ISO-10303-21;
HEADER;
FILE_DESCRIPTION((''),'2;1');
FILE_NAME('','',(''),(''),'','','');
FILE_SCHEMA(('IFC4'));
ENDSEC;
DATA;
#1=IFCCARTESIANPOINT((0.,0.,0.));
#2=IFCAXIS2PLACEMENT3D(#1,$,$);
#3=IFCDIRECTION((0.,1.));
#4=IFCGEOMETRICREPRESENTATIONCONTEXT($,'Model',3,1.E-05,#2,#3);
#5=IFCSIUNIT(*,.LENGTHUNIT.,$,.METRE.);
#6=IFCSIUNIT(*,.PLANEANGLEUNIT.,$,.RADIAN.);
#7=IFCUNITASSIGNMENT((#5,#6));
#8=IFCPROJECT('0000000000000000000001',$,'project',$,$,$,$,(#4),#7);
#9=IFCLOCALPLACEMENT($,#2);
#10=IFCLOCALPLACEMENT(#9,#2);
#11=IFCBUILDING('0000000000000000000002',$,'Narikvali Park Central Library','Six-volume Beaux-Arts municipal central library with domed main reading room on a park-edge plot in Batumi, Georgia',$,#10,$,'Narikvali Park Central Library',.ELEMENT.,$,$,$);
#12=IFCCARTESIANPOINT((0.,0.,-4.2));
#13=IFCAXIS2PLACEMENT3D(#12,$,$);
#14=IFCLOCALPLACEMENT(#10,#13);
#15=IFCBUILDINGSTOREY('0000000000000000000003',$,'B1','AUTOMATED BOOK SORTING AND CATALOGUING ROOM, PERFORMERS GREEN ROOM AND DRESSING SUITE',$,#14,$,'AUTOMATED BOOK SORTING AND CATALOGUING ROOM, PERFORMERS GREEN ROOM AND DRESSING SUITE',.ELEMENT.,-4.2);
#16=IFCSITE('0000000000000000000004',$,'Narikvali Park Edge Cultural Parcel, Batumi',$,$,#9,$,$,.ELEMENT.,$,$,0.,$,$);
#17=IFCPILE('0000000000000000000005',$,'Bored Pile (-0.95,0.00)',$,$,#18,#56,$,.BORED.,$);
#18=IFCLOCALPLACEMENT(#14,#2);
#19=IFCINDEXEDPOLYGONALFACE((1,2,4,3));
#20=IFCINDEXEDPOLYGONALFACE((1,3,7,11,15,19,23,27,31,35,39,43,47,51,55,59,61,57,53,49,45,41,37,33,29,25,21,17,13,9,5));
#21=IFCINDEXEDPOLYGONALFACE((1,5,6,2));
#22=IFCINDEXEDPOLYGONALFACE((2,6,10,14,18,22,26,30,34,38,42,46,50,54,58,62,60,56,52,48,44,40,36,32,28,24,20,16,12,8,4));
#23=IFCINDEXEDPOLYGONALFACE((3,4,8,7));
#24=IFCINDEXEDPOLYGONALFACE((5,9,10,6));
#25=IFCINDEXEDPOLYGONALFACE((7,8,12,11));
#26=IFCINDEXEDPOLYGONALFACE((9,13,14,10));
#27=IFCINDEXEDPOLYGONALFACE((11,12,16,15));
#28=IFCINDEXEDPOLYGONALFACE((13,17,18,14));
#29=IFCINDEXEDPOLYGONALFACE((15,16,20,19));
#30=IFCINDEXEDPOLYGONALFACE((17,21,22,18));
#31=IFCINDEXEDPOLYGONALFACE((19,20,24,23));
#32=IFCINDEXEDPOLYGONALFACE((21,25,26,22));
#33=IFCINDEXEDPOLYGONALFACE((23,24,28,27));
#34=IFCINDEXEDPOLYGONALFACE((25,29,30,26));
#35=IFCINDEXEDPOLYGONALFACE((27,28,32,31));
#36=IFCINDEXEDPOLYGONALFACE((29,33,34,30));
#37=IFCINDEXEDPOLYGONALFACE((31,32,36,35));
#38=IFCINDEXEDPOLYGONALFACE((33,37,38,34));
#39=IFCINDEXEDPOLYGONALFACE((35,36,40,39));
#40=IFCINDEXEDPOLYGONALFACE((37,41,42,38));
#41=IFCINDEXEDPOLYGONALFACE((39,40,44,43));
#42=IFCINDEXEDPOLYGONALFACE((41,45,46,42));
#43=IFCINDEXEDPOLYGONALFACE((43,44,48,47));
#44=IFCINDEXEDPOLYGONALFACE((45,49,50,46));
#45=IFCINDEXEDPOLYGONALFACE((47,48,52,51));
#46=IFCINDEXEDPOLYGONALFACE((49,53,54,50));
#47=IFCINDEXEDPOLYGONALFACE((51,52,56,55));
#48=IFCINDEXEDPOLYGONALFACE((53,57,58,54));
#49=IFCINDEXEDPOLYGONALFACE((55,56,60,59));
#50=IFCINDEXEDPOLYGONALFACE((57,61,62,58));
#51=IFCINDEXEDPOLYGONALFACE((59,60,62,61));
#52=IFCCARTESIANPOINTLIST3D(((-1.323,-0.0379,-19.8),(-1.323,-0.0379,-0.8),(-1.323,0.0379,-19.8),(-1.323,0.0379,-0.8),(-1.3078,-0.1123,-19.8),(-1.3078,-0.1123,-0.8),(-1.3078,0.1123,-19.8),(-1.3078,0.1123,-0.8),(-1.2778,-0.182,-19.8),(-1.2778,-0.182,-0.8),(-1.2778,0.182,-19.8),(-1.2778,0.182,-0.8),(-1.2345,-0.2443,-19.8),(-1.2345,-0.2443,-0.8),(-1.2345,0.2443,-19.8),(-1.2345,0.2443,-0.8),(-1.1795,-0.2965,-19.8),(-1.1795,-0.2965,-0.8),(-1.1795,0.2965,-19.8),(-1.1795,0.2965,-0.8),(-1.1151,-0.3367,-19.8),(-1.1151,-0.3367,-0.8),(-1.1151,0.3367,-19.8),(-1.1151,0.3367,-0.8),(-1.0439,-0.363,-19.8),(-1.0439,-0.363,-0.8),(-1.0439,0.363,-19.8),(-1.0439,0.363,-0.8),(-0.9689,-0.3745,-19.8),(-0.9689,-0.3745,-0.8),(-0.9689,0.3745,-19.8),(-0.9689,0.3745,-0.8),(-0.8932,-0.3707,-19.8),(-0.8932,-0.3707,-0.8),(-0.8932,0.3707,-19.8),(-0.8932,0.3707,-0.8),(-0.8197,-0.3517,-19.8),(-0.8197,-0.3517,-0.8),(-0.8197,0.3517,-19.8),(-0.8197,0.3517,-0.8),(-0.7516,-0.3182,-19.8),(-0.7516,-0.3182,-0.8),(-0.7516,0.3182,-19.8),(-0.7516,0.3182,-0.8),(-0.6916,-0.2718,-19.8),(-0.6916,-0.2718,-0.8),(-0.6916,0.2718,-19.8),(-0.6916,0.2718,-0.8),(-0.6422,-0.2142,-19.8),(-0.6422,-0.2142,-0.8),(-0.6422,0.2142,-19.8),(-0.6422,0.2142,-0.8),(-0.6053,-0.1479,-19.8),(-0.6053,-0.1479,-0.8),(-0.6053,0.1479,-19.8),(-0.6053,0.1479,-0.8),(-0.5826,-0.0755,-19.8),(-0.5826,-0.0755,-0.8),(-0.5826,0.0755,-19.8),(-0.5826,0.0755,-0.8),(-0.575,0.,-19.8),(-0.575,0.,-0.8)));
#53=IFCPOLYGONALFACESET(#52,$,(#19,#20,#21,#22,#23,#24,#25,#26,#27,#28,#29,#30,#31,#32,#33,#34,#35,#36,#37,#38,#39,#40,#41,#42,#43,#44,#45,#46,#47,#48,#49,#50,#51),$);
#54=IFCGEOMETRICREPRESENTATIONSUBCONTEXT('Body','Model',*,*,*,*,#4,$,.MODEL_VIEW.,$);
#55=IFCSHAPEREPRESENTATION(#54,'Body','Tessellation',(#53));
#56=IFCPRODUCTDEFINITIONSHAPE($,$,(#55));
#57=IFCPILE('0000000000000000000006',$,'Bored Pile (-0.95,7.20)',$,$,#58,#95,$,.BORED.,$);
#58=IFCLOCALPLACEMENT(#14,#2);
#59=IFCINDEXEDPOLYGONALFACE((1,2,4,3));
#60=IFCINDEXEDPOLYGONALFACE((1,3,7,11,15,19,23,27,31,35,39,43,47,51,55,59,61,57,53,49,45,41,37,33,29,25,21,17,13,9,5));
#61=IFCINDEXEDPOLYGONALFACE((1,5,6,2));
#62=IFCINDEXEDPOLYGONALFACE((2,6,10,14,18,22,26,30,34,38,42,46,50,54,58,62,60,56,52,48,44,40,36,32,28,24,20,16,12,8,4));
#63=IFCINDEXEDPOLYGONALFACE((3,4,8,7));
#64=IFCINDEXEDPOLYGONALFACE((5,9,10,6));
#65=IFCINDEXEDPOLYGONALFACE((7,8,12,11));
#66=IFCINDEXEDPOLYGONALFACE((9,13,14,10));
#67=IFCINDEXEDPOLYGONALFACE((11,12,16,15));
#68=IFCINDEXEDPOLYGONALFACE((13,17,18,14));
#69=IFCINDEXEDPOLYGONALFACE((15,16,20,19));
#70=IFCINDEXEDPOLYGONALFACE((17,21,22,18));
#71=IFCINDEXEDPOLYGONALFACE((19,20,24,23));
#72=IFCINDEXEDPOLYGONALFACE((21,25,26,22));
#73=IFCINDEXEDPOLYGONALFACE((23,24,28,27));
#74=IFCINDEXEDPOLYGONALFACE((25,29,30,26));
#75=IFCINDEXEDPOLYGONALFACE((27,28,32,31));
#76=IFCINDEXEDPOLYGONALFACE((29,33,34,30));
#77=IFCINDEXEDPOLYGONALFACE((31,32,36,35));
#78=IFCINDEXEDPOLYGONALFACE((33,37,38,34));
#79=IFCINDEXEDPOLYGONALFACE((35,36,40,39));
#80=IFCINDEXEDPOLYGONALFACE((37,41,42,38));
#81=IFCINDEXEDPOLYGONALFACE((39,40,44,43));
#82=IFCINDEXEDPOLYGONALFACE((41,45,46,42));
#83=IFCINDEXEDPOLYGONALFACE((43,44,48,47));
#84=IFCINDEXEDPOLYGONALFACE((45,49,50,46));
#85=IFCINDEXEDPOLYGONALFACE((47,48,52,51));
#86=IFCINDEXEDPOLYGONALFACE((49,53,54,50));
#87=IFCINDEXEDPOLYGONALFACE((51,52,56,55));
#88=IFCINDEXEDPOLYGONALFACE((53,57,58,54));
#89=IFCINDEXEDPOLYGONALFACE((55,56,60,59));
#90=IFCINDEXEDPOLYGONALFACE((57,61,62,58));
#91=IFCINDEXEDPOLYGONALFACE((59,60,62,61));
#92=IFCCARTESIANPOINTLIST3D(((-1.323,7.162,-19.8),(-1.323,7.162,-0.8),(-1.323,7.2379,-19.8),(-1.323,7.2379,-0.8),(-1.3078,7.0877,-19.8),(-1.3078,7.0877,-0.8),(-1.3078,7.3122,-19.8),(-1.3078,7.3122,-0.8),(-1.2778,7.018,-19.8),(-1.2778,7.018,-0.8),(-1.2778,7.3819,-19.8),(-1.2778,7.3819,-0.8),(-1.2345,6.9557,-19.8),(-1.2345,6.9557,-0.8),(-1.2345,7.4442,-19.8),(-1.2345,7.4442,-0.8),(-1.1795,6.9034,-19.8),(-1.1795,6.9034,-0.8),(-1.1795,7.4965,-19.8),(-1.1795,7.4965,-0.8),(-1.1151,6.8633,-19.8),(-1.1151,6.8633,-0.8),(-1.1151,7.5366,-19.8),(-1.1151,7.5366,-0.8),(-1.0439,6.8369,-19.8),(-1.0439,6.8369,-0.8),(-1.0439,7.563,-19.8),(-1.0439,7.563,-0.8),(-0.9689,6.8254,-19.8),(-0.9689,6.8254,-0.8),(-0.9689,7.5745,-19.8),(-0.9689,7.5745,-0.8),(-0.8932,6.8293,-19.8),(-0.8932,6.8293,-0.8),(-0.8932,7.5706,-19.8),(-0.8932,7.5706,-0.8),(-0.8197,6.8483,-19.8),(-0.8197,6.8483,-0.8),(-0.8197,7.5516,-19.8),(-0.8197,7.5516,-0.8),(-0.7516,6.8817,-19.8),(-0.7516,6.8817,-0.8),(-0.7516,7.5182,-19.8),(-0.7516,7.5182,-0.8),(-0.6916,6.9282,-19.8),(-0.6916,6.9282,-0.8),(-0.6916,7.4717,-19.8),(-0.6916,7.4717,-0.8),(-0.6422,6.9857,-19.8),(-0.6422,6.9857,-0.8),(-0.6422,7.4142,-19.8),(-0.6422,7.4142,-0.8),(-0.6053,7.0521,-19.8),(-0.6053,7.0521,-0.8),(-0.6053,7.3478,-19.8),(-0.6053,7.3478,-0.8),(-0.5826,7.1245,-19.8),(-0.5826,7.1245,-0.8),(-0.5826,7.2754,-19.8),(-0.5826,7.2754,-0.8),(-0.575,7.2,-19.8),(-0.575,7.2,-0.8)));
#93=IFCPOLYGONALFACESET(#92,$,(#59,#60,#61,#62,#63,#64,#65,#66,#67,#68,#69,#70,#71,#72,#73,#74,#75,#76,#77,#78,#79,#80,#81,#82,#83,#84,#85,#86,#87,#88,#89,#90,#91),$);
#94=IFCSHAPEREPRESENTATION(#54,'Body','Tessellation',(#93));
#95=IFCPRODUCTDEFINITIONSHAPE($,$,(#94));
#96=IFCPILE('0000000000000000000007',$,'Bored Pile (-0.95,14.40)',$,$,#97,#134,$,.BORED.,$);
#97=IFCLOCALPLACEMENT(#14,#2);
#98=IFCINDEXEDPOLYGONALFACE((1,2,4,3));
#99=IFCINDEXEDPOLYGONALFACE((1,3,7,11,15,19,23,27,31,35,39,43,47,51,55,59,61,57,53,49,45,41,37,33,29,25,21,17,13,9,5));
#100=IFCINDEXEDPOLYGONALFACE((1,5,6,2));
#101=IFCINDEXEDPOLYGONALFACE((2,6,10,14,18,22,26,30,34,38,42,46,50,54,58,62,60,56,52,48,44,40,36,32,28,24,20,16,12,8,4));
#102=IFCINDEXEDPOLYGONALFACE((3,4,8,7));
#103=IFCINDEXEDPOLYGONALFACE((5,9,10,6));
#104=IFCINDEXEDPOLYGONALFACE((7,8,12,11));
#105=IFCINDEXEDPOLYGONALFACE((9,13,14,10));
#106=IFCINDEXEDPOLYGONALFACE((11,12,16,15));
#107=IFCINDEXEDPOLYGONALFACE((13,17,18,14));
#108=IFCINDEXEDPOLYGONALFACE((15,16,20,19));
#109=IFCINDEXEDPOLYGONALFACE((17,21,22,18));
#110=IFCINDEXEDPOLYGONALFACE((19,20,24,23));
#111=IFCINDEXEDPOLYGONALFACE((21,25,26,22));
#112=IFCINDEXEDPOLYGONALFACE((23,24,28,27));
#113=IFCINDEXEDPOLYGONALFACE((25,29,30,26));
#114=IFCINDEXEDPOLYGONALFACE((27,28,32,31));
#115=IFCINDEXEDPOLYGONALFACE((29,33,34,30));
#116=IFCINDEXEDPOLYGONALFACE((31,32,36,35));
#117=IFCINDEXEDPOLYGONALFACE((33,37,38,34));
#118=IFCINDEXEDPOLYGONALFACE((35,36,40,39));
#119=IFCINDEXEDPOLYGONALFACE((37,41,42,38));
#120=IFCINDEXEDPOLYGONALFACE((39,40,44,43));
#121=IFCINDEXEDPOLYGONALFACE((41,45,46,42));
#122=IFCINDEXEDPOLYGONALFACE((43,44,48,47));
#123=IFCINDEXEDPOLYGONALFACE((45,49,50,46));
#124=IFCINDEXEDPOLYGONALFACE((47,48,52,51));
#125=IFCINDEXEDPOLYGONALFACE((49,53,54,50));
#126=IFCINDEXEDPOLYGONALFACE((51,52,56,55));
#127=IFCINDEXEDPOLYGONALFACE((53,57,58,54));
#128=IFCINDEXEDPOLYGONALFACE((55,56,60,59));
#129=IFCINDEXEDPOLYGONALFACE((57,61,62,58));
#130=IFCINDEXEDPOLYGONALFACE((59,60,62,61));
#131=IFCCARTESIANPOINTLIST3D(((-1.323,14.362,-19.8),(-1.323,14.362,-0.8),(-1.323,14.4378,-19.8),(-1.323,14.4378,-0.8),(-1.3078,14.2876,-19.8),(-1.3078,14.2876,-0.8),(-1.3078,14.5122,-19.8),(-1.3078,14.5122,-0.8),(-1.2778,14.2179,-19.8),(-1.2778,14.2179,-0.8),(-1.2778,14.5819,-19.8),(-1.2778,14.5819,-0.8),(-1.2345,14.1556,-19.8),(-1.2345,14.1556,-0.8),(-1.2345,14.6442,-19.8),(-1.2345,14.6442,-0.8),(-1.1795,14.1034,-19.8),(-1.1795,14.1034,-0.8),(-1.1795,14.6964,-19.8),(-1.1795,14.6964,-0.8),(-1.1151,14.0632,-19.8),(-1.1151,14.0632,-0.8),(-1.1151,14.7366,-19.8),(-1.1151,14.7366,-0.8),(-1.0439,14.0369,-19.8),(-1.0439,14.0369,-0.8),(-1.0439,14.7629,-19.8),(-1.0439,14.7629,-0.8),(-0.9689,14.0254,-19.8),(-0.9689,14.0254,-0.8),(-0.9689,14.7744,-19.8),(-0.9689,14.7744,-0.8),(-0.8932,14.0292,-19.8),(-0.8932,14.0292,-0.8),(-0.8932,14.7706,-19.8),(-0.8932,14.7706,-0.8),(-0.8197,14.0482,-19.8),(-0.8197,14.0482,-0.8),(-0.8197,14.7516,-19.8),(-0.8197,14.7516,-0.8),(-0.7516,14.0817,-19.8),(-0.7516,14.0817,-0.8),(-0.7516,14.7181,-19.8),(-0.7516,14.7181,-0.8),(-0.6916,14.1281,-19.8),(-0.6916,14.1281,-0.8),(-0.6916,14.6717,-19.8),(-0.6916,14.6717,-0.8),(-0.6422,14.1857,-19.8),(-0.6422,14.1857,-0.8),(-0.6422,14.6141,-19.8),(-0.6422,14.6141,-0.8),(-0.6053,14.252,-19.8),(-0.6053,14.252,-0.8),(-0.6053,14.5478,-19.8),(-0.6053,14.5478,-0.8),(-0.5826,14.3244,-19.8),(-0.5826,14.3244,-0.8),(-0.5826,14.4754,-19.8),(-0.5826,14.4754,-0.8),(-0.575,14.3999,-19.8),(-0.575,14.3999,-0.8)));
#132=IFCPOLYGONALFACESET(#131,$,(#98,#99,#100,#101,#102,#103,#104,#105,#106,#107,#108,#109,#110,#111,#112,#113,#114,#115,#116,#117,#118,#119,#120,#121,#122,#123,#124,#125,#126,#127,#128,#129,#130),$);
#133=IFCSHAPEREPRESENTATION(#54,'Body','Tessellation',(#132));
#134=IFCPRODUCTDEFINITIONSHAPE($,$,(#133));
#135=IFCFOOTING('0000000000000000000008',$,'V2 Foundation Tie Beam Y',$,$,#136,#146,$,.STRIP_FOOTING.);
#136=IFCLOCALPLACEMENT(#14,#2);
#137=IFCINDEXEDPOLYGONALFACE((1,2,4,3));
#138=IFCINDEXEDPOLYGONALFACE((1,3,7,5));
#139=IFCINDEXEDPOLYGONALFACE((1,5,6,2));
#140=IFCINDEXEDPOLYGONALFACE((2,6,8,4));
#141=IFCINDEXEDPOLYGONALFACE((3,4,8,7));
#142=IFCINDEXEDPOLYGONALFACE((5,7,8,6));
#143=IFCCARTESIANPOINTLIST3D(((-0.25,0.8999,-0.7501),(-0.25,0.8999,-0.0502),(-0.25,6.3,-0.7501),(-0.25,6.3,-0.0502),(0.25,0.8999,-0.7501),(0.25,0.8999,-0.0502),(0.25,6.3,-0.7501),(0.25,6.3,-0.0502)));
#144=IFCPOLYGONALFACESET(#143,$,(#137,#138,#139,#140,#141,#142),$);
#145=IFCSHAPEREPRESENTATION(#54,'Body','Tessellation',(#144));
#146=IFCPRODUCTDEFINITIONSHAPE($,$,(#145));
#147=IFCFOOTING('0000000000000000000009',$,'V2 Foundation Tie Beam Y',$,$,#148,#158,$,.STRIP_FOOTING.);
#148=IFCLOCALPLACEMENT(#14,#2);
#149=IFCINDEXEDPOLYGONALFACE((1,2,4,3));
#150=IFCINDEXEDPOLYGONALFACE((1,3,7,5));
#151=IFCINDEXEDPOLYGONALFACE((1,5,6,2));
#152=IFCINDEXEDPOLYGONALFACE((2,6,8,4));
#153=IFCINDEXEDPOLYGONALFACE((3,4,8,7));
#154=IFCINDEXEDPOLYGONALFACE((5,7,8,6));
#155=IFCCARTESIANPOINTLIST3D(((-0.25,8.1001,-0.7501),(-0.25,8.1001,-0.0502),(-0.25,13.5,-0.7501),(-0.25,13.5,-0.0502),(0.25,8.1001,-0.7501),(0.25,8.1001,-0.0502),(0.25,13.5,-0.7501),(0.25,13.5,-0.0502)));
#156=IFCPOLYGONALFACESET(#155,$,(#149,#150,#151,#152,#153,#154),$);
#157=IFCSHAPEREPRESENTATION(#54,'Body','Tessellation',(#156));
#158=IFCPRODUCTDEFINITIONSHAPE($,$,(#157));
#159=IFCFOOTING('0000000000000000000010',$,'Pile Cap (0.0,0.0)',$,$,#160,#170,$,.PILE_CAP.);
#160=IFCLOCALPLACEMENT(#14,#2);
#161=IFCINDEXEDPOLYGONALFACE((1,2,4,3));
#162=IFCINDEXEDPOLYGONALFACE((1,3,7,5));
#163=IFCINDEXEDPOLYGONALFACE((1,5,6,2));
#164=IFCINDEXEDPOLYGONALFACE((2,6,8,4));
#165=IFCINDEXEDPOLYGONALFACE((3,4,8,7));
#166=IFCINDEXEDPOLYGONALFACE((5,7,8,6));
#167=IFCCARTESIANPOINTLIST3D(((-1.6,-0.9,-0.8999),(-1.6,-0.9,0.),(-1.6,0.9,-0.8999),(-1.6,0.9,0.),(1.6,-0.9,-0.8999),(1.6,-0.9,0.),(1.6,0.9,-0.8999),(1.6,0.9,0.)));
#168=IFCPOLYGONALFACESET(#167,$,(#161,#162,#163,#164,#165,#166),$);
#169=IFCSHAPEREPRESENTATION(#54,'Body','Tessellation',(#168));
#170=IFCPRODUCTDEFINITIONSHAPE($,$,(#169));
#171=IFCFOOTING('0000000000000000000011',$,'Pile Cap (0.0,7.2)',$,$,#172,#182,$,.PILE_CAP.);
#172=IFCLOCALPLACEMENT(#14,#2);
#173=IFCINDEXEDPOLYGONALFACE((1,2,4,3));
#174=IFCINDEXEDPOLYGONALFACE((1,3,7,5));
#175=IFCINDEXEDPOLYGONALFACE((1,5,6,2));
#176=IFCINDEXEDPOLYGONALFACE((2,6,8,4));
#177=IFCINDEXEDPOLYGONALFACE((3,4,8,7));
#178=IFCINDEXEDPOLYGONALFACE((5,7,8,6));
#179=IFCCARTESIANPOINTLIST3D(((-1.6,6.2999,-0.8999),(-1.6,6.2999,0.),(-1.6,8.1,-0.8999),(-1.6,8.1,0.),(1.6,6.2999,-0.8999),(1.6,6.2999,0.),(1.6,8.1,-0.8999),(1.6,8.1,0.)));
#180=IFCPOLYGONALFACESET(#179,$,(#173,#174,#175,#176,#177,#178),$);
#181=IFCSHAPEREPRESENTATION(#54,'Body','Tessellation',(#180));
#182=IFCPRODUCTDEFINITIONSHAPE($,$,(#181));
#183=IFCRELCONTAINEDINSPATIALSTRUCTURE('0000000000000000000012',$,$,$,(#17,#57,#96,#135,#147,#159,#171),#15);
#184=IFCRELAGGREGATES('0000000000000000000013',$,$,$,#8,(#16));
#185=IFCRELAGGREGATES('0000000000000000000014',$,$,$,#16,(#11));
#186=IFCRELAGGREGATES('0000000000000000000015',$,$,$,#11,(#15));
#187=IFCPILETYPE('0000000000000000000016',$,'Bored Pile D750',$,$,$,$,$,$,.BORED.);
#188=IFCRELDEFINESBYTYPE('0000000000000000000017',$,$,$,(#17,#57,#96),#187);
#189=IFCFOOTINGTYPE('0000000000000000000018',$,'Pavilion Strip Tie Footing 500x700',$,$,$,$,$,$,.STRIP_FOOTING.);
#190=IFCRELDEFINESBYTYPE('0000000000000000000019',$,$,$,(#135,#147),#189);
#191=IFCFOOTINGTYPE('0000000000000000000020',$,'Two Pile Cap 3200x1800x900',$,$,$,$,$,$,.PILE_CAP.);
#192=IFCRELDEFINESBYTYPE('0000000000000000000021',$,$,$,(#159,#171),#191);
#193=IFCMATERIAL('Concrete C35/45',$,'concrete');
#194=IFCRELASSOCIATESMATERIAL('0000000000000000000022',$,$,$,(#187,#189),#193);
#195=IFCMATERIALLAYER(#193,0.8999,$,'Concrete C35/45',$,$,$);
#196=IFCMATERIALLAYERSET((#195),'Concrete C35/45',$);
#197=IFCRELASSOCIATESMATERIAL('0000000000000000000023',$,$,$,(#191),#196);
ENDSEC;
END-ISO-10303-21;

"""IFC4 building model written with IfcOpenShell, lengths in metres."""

from ifc_helpers import new_model, si_unit, direction, frame, origin, origin_2d, place, context, subcontext, project, spatial, rectangle, circle, extrude, material, layer, layer_set, material_profile, profile_set, type_object, element, save


model = new_model("IFC4")

# Units and contexts
model_context = context("Model", 3, precision=1e-05, world=origin(), true_north=direction((0.0, 1.0)))
body_context = subcontext(model_context, "Body", "Model", "MODEL_VIEW")
ifc_project = project(units=[si_unit("LENGTHUNIT", "METRE"), si_unit("PLANEANGLEUNIT", "RADIAN")], contexts=[model_context])

# Site, building, storey
site_placement = place(None, origin())
site = spatial("IfcSite", under=ifc_project, at=site_placement, Name="Narikvali Park Edge Cultural Parcel, Batumi", CompositionType="ELEMENT", RefElevation=0.0)
building_placement = place(site_placement, origin())
building = spatial("IfcBuilding", under=site, at=building_placement, Name="Narikvali Park Central Library", Description="Six-volume Beaux-Arts municipal central library with domed main reading room on a park-edge plot in Batumi, Georgia", LongName="Narikvali Park Central Library", CompositionType="ELEMENT")
storey_placement = place(building_placement, frame((0.0, 0.0, -4.2)))
storey = spatial("IfcBuildingStorey", under=building, at=storey_placement, Name="B1", Description="AUTOMATED BOOK SORTING AND CATALOGUING ROOM, PERFORMERS GREEN ROOM AND DRESSING SUITE", LongName="AUTOMATED BOOK SORTING AND CATALOGUING ROOM, PERFORMERS GREEN ROOM AND DRESSING SUITE", CompositionType="ELEMENT", Elevation=-4.2)

# Piles
ifc_material_1 = material(Name="Concrete C35/45", Category="concrete")
ifc_material_profile_1 = material_profile(ifc_material_1, circle(Radius=0.375, at=origin_2d()), Name="PILE D750")
ifc_profile_set_1 = profile_set([ifc_material_profile_1], Name="Concrete C35/45")
pile_type = type_object("IfcPileType", Name="Bored Pile D750", PredefinedType="BORED", material=ifc_profile_set_1)
for number, where, z_axis, x_axis, name in (
    (1, (-0.95, 0.0, -0.8), (0.0, 0.0, -1.0), (1.0, 0.0, 0.0), "Bored Pile (-0.95,0.00)"),
    (2, (-0.95, 7.2, -0.8), (0.0, 0.0, -1.0), (1.0, 0.0, 0.0), "Bored Pile (-0.95,7.20)"),
    (3, (-0.95, 14.3999, -0.8), (0.0, 0.0, -1.0), (1.0, 0.0, 0.0), "Bored Pile (-0.95,14.40)"),
):
    element("IfcPile", number, at=place(storey_placement, frame(where, z_axis=z_axis, x_axis=x_axis)), inside=storey, type_object=pile_type, Name=name, PredefinedType="BORED", context=body_context, shape_type="SweptSolid", body=[
        extrude(circle(Radius=0.375, at=origin_2d()), origin(), (0.0, 0.0, 1.0), 19.0),
    ])

# Footings
ifc_material_profile_2 = material_profile(ifc_material_1, rectangle(XDim=0.5, YDim=0.7, at=origin_2d()), Name="RC GB 500x700")
ifc_profile_set_2 = profile_set([ifc_material_profile_2], Name="Concrete C35/45")
footing_type_1 = type_object("IfcFootingType", Name="Pavilion Strip Tie Footing 500x700", PredefinedType="STRIP_FOOTING", material=ifc_profile_set_2)
footing_1_placement = place(storey_placement, frame((0.0, 0.8999, -0.4001), z_axis=(0.0, 1.0, 0.0), x_axis=(-1.0, 0.0, 0.0)))
element("IfcFooting", 4, at=footing_1_placement, inside=storey, type_object=footing_type_1, Name="V2 Foundation Tie Beam Y", PredefinedType="STRIP_FOOTING", context=body_context, shape_type="SweptSolid", body=[
    extrude(rectangle(XDim=0.5, YDim=0.7, at=origin_2d()), origin(), (0.0, 0.0, 1.0), 5.4001),
])
footing_2_placement = place(storey_placement, frame((0.0, 8.1001, -0.4001), z_axis=(0.0, 1.0, 0.0), x_axis=(-1.0, 0.0, 0.0)))
element("IfcFooting", 5, at=footing_2_placement, inside=storey, type_object=footing_type_1, Name="V2 Foundation Tie Beam Y", PredefinedType="STRIP_FOOTING", context=body_context, shape_type="SweptSolid", body=[
    extrude(rectangle(XDim=0.5, YDim=0.7, at=origin_2d()), origin(), (0.0, 0.0, 1.0), 5.3999),
])
ifc_layer_1 = layer(ifc_material_1, 0.8999, Name="Concrete C35/45")
ifc_layer_set_1 = layer_set([ifc_layer_1], Name="Concrete C35/45")
footing_type_2 = type_object("IfcFootingType", Name="Two Pile Cap 3200x1800x900", PredefinedType="PILE_CAP", material=ifc_layer_set_1)
for number, where, z_axis, x_axis, name in (
    (6, (0.0, 0.0, -0.8999), (0.0, 0.0, 1.0), (1.0, 0.0, 0.0), "Pile Cap (0.0,0.0)"),
    (7, (0.0, 7.2, -0.8999), (0.0, 0.0, 1.0), (1.0, 0.0, 0.0), "Pile Cap (0.0,7.2)"),
):
    element("IfcFooting", number, at=place(storey_placement, frame(where, z_axis=z_axis, x_axis=x_axis)), inside=storey, type_object=footing_type_2, Name=name, PredefinedType="PILE_CAP", context=body_context, shape_type="SweptSolid", body=[
        extrude(rectangle(XDim=3.2, YDim=1.8, at=origin_2d()), origin(), (0.0, 0.0, 1.0), 0.8999),
    ])

save(model, "model.ifc")
